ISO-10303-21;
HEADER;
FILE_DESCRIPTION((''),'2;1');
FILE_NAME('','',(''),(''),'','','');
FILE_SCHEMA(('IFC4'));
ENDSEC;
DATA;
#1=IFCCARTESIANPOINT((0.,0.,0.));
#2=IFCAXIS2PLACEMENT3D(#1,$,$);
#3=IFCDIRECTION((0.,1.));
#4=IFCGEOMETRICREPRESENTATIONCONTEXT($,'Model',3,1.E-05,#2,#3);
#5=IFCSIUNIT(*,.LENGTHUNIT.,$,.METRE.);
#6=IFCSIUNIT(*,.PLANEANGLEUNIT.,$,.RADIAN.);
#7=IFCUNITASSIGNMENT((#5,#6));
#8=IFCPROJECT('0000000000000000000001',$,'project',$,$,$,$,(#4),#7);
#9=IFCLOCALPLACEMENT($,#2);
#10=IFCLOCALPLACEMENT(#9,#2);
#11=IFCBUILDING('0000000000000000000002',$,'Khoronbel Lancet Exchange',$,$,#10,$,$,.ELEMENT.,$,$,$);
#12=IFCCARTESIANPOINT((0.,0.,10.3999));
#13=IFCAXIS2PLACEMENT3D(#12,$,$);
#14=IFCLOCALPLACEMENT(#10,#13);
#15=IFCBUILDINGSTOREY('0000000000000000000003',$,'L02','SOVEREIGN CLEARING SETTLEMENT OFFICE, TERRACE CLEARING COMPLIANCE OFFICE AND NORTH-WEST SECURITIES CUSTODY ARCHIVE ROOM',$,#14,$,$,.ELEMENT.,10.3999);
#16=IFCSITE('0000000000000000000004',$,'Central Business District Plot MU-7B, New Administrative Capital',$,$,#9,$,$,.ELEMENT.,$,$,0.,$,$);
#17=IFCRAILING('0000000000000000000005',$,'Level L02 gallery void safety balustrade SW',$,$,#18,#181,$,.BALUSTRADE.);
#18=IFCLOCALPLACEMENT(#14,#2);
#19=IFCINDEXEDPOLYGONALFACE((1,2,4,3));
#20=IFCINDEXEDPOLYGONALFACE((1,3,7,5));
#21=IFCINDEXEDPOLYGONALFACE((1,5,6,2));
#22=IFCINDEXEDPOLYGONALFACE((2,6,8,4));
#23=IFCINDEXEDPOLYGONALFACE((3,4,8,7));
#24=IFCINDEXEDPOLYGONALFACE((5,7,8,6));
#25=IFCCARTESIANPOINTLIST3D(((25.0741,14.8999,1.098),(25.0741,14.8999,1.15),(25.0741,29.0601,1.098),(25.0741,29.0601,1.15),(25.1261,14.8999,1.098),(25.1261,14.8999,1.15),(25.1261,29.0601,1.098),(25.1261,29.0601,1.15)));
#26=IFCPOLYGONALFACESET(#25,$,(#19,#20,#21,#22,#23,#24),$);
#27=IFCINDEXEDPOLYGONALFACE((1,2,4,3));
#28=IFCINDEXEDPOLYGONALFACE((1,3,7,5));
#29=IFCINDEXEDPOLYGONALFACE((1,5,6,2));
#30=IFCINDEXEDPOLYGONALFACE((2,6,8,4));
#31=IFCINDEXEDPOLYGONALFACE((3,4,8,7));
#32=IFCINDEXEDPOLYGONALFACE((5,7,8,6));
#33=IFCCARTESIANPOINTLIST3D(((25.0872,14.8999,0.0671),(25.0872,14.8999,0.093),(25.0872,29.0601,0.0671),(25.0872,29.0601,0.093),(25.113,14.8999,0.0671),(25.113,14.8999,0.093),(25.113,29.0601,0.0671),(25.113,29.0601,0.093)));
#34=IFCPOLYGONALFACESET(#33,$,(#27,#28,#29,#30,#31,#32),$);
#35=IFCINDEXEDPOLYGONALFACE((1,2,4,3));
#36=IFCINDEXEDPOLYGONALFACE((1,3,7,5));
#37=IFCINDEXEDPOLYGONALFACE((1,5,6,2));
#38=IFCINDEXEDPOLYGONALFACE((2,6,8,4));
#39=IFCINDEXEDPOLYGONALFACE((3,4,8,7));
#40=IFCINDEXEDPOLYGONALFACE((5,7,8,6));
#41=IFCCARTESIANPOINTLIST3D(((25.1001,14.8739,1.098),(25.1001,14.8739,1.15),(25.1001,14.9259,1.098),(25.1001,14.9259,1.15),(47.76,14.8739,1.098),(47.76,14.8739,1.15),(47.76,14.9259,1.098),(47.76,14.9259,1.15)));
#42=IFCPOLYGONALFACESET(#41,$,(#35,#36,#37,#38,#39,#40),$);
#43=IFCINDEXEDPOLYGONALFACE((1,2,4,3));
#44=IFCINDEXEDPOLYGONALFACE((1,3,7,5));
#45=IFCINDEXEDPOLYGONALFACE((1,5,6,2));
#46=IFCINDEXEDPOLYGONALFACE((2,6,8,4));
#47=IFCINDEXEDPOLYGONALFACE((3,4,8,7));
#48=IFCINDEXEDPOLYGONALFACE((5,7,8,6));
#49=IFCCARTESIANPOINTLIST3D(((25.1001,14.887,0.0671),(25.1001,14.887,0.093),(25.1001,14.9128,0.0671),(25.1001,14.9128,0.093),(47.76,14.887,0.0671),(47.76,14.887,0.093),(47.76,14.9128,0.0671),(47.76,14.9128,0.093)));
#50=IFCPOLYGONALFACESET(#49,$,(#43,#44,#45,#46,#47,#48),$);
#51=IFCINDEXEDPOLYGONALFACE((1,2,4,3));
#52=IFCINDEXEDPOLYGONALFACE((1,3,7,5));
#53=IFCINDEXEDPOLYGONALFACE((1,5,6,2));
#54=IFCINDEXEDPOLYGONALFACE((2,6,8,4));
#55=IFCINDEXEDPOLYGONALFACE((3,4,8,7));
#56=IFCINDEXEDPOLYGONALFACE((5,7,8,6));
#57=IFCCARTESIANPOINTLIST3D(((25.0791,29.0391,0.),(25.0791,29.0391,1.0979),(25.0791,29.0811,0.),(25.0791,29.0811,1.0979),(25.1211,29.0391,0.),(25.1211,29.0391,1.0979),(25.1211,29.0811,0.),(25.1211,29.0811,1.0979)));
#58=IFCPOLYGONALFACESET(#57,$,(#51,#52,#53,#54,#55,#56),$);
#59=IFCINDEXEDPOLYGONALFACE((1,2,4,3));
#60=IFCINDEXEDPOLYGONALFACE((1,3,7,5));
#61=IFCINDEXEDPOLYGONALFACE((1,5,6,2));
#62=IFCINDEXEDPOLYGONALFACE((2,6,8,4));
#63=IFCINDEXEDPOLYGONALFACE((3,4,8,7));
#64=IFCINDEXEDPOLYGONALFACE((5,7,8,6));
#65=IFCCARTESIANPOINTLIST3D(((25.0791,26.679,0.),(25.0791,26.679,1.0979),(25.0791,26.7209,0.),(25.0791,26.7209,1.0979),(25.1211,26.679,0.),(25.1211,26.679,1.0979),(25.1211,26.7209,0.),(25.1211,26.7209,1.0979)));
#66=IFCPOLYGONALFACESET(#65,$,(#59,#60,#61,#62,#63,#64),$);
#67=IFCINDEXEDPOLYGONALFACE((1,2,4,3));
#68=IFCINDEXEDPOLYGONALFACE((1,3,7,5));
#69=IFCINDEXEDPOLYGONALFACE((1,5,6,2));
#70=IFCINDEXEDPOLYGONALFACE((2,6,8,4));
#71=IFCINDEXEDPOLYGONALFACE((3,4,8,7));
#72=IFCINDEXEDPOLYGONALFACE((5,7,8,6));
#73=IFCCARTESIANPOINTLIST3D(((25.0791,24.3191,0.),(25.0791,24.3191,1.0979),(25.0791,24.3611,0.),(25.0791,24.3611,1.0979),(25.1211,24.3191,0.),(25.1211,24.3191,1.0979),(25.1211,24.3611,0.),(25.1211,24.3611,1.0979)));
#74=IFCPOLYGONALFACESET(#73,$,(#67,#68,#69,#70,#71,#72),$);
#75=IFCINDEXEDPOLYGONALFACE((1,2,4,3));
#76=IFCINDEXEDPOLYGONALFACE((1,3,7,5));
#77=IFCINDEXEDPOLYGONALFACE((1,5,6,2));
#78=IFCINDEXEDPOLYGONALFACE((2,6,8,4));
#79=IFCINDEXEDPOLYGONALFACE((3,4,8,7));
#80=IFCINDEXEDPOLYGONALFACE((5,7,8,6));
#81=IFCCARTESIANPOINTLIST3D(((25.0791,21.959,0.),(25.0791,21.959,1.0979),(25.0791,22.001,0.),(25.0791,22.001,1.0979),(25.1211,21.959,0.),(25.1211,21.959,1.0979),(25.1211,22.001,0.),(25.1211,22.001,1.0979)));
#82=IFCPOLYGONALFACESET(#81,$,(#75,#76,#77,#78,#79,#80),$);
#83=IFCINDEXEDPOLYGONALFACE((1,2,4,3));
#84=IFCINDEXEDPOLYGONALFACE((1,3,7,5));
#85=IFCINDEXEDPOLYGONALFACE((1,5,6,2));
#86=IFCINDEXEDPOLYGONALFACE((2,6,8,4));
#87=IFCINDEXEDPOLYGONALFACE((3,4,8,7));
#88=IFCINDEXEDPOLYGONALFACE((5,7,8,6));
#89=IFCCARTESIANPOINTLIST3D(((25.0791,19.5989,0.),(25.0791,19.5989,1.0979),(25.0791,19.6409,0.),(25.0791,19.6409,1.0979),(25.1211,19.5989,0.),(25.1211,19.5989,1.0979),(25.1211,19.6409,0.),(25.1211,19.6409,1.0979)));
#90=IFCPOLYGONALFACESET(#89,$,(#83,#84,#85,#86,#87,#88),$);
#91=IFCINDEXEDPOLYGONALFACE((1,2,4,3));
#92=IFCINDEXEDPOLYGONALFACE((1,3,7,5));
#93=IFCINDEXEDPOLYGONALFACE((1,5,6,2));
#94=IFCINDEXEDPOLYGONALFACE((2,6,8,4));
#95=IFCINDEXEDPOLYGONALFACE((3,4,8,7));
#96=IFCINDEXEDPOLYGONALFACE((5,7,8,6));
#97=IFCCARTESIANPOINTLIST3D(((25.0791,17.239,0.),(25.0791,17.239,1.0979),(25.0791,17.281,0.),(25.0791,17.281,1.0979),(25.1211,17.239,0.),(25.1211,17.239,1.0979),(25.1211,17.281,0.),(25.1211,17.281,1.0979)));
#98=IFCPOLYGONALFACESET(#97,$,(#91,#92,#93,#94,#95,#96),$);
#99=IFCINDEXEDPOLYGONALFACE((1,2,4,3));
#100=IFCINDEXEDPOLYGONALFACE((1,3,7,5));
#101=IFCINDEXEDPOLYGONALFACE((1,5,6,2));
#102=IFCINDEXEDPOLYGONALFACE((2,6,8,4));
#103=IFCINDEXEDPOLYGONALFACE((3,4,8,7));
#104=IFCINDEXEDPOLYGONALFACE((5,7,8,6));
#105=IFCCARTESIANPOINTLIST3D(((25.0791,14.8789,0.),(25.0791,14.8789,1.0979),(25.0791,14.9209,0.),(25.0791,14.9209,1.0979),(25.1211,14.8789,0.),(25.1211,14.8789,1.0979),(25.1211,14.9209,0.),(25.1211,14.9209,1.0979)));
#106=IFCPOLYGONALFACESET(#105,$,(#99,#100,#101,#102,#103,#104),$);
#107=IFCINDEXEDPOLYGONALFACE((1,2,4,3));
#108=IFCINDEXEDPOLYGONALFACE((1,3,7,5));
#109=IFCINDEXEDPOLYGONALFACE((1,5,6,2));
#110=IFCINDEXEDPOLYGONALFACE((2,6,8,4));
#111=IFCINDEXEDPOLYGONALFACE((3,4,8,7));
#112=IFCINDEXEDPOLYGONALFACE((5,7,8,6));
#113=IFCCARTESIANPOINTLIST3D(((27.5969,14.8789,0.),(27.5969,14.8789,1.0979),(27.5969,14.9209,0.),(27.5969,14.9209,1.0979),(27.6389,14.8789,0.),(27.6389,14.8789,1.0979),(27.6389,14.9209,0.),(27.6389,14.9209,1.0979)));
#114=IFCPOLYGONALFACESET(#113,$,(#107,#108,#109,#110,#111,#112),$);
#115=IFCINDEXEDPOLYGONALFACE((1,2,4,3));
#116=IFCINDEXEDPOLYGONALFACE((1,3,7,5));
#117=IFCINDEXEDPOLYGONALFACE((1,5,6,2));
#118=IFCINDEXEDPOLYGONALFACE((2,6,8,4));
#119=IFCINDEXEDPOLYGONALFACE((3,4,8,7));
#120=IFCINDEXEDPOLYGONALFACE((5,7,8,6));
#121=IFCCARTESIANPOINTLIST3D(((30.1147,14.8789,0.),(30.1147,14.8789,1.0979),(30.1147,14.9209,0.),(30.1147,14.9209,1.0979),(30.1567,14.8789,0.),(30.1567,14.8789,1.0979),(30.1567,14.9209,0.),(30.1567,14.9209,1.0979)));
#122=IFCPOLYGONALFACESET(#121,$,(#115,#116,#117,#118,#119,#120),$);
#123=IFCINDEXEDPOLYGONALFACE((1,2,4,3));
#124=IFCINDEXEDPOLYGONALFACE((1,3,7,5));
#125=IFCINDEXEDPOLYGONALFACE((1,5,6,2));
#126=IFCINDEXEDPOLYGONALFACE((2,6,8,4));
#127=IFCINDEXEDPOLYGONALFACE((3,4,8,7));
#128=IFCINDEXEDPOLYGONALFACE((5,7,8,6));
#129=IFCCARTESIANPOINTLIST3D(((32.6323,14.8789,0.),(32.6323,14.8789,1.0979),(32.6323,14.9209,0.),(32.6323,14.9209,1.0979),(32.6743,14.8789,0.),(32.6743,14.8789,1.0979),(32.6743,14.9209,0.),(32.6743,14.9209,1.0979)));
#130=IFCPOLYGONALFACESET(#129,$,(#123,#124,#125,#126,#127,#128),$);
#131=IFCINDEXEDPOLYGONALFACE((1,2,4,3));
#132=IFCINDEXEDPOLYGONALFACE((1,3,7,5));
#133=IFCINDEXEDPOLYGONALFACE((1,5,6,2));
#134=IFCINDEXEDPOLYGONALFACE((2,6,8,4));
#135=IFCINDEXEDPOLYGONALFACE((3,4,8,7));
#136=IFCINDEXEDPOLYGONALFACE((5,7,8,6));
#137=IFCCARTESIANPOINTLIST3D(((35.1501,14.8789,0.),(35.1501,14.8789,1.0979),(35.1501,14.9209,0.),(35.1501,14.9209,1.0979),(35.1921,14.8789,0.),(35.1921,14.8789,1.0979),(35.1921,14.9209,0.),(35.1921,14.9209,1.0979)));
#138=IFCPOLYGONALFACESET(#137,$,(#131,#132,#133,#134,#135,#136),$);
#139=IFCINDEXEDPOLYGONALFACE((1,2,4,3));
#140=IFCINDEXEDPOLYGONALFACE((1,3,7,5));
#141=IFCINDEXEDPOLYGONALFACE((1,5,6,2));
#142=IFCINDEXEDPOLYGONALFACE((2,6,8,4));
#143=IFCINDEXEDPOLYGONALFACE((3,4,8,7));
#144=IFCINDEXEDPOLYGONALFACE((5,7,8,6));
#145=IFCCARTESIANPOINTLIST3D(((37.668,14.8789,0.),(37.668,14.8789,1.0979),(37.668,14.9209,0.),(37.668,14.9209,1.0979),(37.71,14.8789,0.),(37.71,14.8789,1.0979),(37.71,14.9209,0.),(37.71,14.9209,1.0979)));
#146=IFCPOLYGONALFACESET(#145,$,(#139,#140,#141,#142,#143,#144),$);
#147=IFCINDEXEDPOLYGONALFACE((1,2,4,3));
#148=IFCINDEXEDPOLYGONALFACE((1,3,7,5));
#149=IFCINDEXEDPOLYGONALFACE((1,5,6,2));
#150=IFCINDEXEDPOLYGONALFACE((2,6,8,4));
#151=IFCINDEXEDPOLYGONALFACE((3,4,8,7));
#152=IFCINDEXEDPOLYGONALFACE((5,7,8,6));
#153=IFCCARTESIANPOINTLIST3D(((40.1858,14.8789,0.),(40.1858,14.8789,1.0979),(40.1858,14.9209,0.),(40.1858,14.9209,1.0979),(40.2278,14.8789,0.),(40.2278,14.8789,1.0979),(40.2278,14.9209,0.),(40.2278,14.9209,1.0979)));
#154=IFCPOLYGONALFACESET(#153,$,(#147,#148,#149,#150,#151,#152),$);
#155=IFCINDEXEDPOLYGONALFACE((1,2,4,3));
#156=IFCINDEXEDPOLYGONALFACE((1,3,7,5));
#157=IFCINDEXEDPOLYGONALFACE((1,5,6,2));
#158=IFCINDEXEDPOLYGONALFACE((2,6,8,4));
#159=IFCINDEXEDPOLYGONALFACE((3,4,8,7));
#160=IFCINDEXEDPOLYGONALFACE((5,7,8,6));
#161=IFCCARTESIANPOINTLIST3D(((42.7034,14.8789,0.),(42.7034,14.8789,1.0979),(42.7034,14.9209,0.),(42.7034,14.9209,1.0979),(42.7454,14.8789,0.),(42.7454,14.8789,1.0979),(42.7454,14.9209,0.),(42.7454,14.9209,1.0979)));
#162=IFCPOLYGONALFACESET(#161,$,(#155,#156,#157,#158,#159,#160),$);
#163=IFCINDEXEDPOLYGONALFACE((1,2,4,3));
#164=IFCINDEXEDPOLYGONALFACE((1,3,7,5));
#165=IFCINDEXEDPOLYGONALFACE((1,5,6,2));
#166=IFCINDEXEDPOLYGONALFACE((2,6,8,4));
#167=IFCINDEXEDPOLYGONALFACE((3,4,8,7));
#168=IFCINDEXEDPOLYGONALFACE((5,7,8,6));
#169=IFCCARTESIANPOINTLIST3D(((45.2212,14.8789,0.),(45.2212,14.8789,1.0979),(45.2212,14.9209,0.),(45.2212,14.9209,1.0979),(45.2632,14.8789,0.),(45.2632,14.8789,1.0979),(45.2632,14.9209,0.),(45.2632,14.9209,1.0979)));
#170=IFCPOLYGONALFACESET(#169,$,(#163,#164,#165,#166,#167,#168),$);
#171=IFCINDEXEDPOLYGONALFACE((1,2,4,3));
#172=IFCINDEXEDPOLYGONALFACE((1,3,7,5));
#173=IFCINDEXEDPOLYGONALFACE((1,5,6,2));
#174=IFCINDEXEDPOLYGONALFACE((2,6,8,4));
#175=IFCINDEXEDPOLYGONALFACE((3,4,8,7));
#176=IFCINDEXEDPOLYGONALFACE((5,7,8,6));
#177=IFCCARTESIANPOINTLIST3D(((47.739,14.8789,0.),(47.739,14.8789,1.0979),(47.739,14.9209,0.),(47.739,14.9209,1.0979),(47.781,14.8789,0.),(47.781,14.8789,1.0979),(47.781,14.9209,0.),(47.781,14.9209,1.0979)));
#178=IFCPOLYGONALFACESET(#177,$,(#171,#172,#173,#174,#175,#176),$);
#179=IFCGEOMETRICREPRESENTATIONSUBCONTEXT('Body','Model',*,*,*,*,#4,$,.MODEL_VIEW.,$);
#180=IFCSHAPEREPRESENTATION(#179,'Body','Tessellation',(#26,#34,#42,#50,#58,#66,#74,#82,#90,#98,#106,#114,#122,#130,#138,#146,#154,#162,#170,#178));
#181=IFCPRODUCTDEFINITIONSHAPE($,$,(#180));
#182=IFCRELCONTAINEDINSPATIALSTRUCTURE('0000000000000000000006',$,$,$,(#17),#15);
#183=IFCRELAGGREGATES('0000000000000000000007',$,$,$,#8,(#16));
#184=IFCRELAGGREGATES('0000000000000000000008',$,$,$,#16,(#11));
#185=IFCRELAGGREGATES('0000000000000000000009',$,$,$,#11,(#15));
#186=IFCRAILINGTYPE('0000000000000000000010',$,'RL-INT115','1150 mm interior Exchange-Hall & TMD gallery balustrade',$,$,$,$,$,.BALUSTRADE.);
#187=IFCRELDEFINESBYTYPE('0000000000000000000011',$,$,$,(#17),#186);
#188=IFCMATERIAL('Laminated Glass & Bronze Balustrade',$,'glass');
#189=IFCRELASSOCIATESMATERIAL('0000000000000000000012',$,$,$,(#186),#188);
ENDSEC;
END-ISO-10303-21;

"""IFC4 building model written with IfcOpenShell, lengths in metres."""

from ifc_helpers import new_model, si_unit, direction, frame, origin, origin_2d, place, context, subcontext, project, spatial, rectangle, extrude, material, type_object, element, save


model = new_model("IFC4")

# Units and contexts
model_context = context("Model", 3, precision=1e-05, world=origin(), true_north=direction((0.0, 1.0)))
body_context = subcontext(model_context, "Body", "Model", "MODEL_VIEW")
ifc_project = project(units=[si_unit("LENGTHUNIT", "METRE"), si_unit("PLANEANGLEUNIT", "RADIAN")], contexts=[model_context])

# Site, building, storey
site_placement = place(None, origin())
site = spatial("IfcSite", under=ifc_project, at=site_placement, Name="Central Business District Plot MU-7B, New Administrative Capital", CompositionType="ELEMENT", RefElevation=0.0)
building_placement = place(site_placement, origin())
building = spatial("IfcBuilding", under=site, at=building_placement, Name="Khoronbel Lancet Exchange", CompositionType="ELEMENT")
storey_placement = place(building_placement, frame((0.0, 0.0, 10.3999)))
storey = spatial("IfcBuildingStorey", under=building, at=storey_placement, Name="L02", Description="SOVEREIGN CLEARING SETTLEMENT OFFICE, TERRACE CLEARING COMPLIANCE OFFICE AND NORTH-WEST SECURITIES CUSTODY ARCHIVE ROOM", CompositionType="ELEMENT", Elevation=10.3999)

# Railing
ifc_material_1 = material(Name="Laminated Glass & Bronze Balustrade", Category="glass")
railing_type = type_object("IfcRailingType", Name="RL-INT115", Description="1150 mm interior Exchange-Hall & TMD gallery balustrade", PredefinedType="BALUSTRADE", material=ifc_material_1)
railing_1_placement = place(storey_placement, frame((25.1001, 29.0601, 0.0)))
element("IfcRailing", 1, at=railing_1_placement, inside=storey, type_object=railing_type, Name="Level L02 gallery void safety balustrade SW", PredefinedType="BALUSTRADE", context=body_context, shape_type="SweptSolid", body=[
    extrude(rectangle(XDim=0.052, YDim=0.052, at=origin_2d()), frame((0.0, 0.0, 1.124), z_axis=(0.0, -1.0, 0.0), x_axis=(1.0, 0.0, 0.0)), (0.0, 0.0, 1.0), 14.1602),
    extrude(rectangle(XDim=0.0259, YDim=0.0259, at=origin_2d()), frame((0.0, 0.0, 0.0801), z_axis=(0.0, -1.0, 0.0), x_axis=(1.0, 0.0, 0.0)), (0.0, 0.0, 1.0), 14.1602),
    extrude(rectangle(XDim=0.052, YDim=0.052, at=origin_2d()), frame((0.0, -14.1602, 1.124), z_axis=(1.0, 0.0, 0.0), x_axis=(0.0, 1.0, 0.0)), (0.0, 0.0, 1.0), 22.6599),
    extrude(rectangle(XDim=0.0259, YDim=0.0259, at=origin_2d()), frame((0.0, -14.1602, 0.0801), z_axis=(1.0, 0.0, 0.0), x_axis=(0.0, 1.0, 0.0)), (0.0, 0.0, 1.0), 22.6599),
    extrude(rectangle(XDim=0.042, YDim=0.042, at=origin_2d()), origin(), (0.0, 0.0, 1.0), 1.0979),
    extrude(rectangle(XDim=0.042, YDim=0.042, at=origin_2d()), frame((0.0, -2.3601, 0.0)), (0.0, 0.0, 1.0), 1.0979),
    extrude(rectangle(XDim=0.042, YDim=0.042, at=origin_2d()), frame((0.0, -4.72, 0.0)), (0.0, 0.0, 1.0), 1.0979),
    extrude(rectangle(XDim=0.042, YDim=0.042, at=origin_2d()), frame((0.0, -7.0801, 0.0)), (0.0, 0.0, 1.0), 1.0979),
    extrude(rectangle(XDim=0.042, YDim=0.042, at=origin_2d()), frame((0.0, -9.4402, 0.0)), (0.0, 0.0, 1.0), 1.0979),
    extrude(rectangle(XDim=0.042, YDim=0.042, at=origin_2d()), frame((0.0, -11.8, 0.0)), (0.0, 0.0, 1.0), 1.0979),
    extrude(rectangle(XDim=0.042, YDim=0.042, at=origin_2d()), frame((0.0, -14.1602, 0.0)), (0.0, 0.0, 1.0), 1.0979),
    extrude(rectangle(XDim=0.042, YDim=0.042, at=origin_2d()), frame((2.5178, -14.1602, 0.0)), (0.0, 0.0, 1.0), 1.0979),
    extrude(rectangle(XDim=0.042, YDim=0.042, at=origin_2d()), frame((5.0356, -14.1602, 0.0)), (0.0, 0.0, 1.0), 1.0979),
    extrude(rectangle(XDim=0.042, YDim=0.042, at=origin_2d()), frame((7.5532, -14.1602, 0.0)), (0.0, 0.0, 1.0), 1.0979),
    extrude(rectangle(XDim=0.042, YDim=0.042, at=origin_2d()), frame((10.071, -14.1602, 0.0)), (0.0, 0.0, 1.0), 1.0979),
    extrude(rectangle(XDim=0.042, YDim=0.042, at=origin_2d()), frame((12.5889, -14.1602, 0.0)), (0.0, 0.0, 1.0), 1.0979),
    extrude(rectangle(XDim=0.042, YDim=0.042, at=origin_2d()), frame((15.1067, -14.1602, 0.0)), (0.0, 0.0, 1.0), 1.0979),
    extrude(rectangle(XDim=0.042, YDim=0.042, at=origin_2d()), frame((17.6243, -14.1602, 0.0)), (0.0, 0.0, 1.0), 1.0979),
    extrude(rectangle(XDim=0.042, YDim=0.042, at=origin_2d()), frame((20.1421, -14.1602, 0.0)), (0.0, 0.0, 1.0), 1.0979),
    extrude(rectangle(XDim=0.042, YDim=0.042, at=origin_2d()), frame((22.6599, -14.1602, 0.0)), (0.0, 0.0, 1.0), 1.0979),
])

save(model, "model.ifc")
